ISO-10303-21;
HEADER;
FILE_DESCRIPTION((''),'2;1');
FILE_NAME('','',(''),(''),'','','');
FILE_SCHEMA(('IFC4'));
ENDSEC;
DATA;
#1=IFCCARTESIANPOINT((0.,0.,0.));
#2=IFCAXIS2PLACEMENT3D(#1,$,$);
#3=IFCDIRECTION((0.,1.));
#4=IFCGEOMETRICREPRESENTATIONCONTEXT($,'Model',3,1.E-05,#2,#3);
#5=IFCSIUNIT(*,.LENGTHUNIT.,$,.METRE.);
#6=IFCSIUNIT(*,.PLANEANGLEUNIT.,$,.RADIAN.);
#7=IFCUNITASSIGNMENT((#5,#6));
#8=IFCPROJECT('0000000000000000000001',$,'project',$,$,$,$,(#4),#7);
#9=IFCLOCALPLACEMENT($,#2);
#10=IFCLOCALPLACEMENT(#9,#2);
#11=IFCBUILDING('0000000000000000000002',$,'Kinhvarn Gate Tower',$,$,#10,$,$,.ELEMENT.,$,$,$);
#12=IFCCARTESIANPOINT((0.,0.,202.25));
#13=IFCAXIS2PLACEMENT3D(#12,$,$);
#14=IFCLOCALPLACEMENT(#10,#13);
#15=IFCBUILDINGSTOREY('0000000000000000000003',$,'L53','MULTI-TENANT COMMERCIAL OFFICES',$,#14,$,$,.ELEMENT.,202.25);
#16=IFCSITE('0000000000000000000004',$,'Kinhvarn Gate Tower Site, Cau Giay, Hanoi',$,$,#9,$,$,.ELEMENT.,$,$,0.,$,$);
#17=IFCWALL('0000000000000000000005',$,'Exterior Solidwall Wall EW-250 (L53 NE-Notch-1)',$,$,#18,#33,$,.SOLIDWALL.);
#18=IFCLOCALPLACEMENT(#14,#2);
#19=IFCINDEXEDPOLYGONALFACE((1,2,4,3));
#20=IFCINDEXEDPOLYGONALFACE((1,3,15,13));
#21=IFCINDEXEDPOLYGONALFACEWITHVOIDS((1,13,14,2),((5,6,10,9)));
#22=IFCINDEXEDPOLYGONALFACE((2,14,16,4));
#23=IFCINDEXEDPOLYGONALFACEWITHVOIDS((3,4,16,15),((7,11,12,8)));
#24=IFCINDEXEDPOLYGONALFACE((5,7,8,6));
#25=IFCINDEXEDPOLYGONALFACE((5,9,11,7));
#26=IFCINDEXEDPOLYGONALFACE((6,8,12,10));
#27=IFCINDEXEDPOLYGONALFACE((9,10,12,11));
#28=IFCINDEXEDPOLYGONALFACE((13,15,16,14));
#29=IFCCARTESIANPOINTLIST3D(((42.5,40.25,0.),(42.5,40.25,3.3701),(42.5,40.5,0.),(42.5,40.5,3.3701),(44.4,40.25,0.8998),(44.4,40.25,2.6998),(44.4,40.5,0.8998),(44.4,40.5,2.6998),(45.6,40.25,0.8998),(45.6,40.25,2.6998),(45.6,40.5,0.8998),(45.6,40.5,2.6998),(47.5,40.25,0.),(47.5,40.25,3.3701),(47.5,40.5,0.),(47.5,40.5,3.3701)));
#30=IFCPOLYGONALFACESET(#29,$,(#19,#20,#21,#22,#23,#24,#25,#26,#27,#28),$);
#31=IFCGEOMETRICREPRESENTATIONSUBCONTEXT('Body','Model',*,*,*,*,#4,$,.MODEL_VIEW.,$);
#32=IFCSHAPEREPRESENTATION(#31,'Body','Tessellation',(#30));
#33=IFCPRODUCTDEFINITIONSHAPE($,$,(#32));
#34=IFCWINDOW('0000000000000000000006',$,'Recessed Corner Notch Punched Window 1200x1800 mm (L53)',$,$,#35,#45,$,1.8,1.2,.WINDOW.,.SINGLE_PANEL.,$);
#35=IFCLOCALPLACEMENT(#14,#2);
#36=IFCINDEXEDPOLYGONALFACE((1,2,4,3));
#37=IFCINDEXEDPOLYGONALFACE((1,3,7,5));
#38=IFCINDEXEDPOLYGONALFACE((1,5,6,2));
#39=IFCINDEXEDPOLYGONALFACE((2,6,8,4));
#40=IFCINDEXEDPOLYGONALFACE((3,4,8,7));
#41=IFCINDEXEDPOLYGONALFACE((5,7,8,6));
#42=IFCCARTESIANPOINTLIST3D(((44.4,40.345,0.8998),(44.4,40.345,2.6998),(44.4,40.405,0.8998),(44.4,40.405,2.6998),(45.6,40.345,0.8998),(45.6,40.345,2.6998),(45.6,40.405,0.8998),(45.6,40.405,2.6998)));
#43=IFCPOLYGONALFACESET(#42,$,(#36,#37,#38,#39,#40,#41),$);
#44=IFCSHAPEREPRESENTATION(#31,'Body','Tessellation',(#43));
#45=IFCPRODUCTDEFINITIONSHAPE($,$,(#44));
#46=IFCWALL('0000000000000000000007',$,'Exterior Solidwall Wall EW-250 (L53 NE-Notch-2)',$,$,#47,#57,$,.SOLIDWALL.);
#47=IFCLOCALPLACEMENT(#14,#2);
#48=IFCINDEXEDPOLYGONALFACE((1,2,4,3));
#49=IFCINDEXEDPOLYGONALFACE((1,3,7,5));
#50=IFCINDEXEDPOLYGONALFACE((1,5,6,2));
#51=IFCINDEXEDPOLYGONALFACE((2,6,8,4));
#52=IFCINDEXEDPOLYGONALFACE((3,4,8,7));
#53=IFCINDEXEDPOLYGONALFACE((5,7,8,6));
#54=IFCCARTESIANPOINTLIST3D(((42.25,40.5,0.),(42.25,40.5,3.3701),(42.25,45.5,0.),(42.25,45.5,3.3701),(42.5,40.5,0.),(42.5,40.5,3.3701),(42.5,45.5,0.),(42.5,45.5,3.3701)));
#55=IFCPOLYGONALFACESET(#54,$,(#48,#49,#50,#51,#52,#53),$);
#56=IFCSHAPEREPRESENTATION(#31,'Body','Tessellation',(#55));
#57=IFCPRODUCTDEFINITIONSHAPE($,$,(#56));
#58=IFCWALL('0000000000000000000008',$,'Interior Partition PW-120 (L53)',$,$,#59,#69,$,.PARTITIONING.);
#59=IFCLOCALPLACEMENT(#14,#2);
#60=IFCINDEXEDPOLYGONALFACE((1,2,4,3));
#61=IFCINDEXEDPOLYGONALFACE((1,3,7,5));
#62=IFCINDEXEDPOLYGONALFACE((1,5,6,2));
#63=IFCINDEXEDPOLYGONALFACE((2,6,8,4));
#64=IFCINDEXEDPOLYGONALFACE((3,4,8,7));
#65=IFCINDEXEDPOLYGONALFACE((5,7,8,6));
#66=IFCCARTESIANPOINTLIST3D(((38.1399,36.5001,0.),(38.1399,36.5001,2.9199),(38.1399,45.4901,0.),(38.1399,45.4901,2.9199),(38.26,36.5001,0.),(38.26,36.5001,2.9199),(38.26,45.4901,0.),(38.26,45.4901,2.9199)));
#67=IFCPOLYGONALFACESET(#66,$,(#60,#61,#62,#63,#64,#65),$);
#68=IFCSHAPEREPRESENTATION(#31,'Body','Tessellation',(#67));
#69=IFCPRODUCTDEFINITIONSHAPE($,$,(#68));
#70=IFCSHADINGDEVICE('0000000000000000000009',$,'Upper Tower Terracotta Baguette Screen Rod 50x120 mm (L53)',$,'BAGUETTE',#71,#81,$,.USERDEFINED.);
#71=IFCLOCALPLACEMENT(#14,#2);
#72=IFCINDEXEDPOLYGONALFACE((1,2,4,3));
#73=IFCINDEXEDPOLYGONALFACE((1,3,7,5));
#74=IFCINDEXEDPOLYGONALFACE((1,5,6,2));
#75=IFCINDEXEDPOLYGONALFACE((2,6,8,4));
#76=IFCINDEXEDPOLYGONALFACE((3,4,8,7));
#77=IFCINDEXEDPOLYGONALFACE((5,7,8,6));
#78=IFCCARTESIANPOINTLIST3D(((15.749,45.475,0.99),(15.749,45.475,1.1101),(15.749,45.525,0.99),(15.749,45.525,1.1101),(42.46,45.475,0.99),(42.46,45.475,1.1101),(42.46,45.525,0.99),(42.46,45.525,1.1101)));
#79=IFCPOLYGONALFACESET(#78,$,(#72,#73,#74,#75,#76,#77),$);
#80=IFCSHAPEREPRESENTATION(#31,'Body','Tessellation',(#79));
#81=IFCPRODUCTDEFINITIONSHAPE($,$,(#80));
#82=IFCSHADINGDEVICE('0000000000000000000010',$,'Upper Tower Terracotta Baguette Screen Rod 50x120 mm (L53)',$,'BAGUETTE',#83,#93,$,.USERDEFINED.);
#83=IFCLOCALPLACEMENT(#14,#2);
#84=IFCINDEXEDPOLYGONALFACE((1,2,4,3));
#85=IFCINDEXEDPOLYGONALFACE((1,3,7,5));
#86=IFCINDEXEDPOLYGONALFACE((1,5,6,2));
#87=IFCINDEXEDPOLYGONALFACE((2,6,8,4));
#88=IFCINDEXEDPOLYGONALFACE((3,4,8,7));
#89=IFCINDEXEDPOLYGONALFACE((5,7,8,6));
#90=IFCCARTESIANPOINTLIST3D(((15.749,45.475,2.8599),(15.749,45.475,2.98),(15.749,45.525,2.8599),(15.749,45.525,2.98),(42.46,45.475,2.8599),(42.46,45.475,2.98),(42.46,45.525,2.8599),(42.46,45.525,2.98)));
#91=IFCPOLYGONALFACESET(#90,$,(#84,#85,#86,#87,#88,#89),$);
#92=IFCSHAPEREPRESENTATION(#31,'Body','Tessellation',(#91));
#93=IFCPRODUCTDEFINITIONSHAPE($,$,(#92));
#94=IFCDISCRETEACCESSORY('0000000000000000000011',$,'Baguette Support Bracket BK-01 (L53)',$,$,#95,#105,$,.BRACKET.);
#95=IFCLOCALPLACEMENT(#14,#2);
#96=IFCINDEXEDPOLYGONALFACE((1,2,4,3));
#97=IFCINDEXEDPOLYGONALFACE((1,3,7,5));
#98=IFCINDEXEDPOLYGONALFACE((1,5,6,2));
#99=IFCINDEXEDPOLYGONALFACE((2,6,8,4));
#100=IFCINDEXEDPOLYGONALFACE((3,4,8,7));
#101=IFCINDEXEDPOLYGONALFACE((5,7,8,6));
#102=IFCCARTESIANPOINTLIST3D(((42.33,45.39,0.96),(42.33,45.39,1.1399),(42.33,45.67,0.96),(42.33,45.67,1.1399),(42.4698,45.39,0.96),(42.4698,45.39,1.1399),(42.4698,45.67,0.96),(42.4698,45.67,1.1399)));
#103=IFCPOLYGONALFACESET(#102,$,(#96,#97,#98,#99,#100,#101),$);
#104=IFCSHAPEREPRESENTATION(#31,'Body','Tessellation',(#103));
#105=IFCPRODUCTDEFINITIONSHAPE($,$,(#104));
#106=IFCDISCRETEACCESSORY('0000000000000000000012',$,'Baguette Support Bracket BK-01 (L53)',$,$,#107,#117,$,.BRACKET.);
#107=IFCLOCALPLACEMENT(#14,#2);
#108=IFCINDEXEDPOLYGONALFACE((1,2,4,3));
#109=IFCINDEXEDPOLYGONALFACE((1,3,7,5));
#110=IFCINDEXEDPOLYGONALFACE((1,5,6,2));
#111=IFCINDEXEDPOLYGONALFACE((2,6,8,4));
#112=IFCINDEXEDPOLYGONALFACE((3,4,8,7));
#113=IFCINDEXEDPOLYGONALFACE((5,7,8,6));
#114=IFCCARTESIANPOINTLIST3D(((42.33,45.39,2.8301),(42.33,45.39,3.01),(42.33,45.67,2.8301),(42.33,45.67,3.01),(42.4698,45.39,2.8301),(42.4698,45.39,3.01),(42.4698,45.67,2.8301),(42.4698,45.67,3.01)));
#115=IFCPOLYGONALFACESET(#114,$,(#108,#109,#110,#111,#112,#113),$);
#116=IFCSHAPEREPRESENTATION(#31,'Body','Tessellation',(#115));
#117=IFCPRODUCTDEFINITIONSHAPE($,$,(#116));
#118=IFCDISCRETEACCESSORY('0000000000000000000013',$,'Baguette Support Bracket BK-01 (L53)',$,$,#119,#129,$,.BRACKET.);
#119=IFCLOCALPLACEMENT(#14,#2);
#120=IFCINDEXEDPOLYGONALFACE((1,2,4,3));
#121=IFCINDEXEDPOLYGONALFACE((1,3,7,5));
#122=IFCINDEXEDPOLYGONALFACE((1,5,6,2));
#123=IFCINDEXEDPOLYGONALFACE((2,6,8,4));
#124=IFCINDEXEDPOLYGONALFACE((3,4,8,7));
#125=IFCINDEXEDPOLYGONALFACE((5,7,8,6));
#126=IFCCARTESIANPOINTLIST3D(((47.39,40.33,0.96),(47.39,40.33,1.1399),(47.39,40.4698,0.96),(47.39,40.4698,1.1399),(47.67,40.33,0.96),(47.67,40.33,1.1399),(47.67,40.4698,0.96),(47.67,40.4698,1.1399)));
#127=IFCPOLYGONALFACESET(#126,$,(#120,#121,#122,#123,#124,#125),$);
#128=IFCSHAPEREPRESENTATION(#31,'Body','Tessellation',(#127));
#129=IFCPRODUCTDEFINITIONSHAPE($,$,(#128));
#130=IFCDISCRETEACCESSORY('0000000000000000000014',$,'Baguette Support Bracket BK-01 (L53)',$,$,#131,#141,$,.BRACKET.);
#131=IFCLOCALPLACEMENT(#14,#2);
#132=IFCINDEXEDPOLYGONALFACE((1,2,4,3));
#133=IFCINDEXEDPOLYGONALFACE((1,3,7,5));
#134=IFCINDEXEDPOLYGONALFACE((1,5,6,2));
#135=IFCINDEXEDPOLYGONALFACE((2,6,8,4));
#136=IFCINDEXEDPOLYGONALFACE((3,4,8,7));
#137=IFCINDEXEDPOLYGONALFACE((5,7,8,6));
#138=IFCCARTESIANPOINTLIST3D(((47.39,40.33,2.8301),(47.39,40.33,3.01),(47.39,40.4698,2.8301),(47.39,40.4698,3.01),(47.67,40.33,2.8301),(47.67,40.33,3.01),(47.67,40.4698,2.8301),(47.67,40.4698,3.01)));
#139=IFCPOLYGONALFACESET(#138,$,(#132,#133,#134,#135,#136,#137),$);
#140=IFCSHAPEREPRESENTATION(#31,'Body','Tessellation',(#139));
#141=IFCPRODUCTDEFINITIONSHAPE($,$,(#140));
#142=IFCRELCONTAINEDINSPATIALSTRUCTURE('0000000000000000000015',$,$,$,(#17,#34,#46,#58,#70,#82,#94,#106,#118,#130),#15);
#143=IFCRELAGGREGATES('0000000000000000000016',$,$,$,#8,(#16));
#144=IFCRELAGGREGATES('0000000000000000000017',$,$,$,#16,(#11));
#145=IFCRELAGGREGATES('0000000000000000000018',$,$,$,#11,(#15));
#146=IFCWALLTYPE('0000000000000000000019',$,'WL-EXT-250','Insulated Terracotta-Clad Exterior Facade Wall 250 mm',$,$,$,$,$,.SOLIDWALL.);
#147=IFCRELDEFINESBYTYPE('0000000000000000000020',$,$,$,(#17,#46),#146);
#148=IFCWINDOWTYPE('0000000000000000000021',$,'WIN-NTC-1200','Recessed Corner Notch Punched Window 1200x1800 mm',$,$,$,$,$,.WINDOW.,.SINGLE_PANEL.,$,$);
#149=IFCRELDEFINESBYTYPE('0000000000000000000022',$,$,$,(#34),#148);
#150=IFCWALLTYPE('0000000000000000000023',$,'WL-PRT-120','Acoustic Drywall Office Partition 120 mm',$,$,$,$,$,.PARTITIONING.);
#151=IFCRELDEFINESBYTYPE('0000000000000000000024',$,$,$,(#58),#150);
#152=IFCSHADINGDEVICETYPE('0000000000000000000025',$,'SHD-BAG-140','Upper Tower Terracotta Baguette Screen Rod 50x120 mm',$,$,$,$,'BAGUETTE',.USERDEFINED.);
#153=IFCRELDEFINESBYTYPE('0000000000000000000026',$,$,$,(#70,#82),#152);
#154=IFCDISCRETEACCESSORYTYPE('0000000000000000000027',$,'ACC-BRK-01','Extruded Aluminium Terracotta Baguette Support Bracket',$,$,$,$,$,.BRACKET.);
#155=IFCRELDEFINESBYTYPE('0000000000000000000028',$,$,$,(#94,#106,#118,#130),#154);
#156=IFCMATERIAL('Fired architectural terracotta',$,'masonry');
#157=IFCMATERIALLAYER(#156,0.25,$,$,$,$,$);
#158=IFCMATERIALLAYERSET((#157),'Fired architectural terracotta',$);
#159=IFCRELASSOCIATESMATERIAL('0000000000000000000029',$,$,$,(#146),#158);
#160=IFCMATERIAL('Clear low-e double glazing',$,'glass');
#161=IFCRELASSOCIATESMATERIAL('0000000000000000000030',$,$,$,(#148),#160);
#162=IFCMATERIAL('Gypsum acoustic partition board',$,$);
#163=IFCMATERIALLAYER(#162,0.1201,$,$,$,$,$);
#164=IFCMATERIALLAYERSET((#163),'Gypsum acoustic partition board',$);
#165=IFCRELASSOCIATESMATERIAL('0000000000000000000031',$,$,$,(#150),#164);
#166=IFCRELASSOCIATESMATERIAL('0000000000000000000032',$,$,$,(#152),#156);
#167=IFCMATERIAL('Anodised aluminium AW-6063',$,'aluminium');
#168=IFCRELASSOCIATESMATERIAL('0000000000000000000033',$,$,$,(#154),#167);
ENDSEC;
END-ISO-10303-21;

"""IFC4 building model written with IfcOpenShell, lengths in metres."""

from ifc_helpers import new_model, si_unit, direction, frame, frame_2d, origin, origin_2d, place, context, subcontext, project, spatial, rectangle, extrude, material, layer, layer_set, material_profile, profile_set, type_object, element, fill, save


model = new_model("IFC4")

# Units and contexts
model_context = context("Model", 3, precision=1e-05, world=origin(), true_north=direction((0.0, 1.0)))
body_context = subcontext(model_context, "Body", "Model", "MODEL_VIEW")
ifc_project = project(units=[si_unit("LENGTHUNIT", "METRE"), si_unit("PLANEANGLEUNIT", "RADIAN")], contexts=[model_context])

# Site, building, storey
site_placement = place(None, origin())
site = spatial("IfcSite", under=ifc_project, at=site_placement, Name="Kinhvarn Gate Tower Site, Cau Giay, Hanoi", CompositionType="ELEMENT", RefElevation=0.0)
building_placement = place(site_placement, origin())
building = spatial("IfcBuilding", under=site, at=building_placement, Name="Kinhvarn Gate Tower", CompositionType="ELEMENT")
storey_placement = place(building_placement, frame((0.0, 0.0, 202.25)))
storey = spatial("IfcBuildingStorey", under=building, at=storey_placement, Name="L53", Description="MULTI-TENANT COMMERCIAL OFFICES", CompositionType="ELEMENT", Elevation=202.25)

# Shared definitions
ifc_material_1 = material(Name="Anodised aluminium AW-6063", Category="aluminium")

# Shared definitions
ifc_material_2 = material(Name="Clear low-e double glazing", Category="glass")

# Wall, opening, window
ifc_material_3 = material(Name="Fired architectural terracotta", Category="masonry")
ifc_layer_1 = layer(ifc_material_3, 0.25)
ifc_layer_set_1 = layer_set([ifc_layer_1], Name="Fired architectural terracotta")
wall_type_1 = type_object("IfcWallType", Name="WL-EXT-250", Description="Insulated Terracotta-Clad Exterior Facade Wall 250 mm", PredefinedType="SOLIDWALL", material=ifc_layer_set_1)
wall_1_placement = place(storey_placement, frame((47.5, 40.375, 0.0), z_axis=(0.0, 0.0, 1.0), x_axis=(-1.0, 0.0, 0.0)))
wall_1 = element("IfcWall", 1, at=wall_1_placement, inside=storey, type_object=wall_type_1, Name="Exterior Solidwall Wall EW-250 (L53 NE-Notch-1)", PredefinedType="SOLIDWALL", context=body_context, shape_type="SweptSolid", body=[
    extrude(rectangle(XDim=5.0, YDim=0.25, at=frame_2d((2.5, 0.0))), origin(), (0.0, 0.0, 1.0), 3.3701),
])
opening_placement = place(wall_1_placement, frame((1.8999, 0.0, 0.8999)))
opening = element("IfcOpeningElement", 2, at=opening_placement, cuts=wall_1, PredefinedType="OPENING", context=body_context, shape_type="SweptSolid", body=[
    extrude(rectangle(XDim=1.2, YDim=1.8, at=frame_2d((0.6001, 0.8999))), frame((0.0, 0.135, 0.0), z_axis=(0.0, -1.0, 0.0), x_axis=(1.0, 0.0, 0.0)), (0.0, 0.0, 1.0), 0.27),
])
window_type = type_object("IfcWindowType", Name="WIN-NTC-1200", Description="Recessed Corner Notch Punched Window 1200x1800 mm", PartitioningType="SINGLE_PANEL", PredefinedType="WINDOW", material=ifc_material_2)
window_placement = place(opening_placement, origin())
window = element("IfcWindow", 3, at=window_placement, inside=storey, type_object=window_type, Name="Recessed Corner Notch Punched Window 1200x1800 mm (L53)", OverallHeight=1.8, OverallWidth=1.2, PartitioningType="SINGLE_PANEL", PredefinedType="WINDOW", context=body_context, shape_type="SweptSolid", body=[
    extrude(rectangle(XDim=1.2, YDim=1.8, at=frame_2d((0.6001, 0.8999))), frame((0.0, 0.03, 0.0), z_axis=(0.0, -1.0, 0.0), x_axis=(1.0, 0.0, 0.0)), (0.0, 0.0, 1.0), 0.0601),
])
fill(opening, window)

# Walls
wall_2_placement = place(storey_placement, frame((42.375, 40.5, 0.0), z_axis=(0.0, 0.0, 1.0), x_axis=(0.0, 1.0, 0.0)))
element("IfcWall", 4, at=wall_2_placement, inside=storey, type_object=wall_type_1, Name="Exterior Solidwall Wall EW-250 (L53 NE-Notch-2)", PredefinedType="SOLIDWALL", context=body_context, shape_type="SweptSolid", body=[
    extrude(rectangle(XDim=5.0, YDim=0.25, at=frame_2d((2.5, 0.0))), origin(), (0.0, 0.0, 1.0), 3.3701),
])
ifc_material_4 = material(Name="Gypsum acoustic partition board")
ifc_layer_2 = layer(ifc_material_4, 0.1201)
ifc_layer_set_2 = layer_set([ifc_layer_2], Name="Gypsum acoustic partition board")
wall_type_2 = type_object("IfcWallType", Name="WL-PRT-120", Description="Acoustic Drywall Office Partition 120 mm", PredefinedType="PARTITIONING", material=ifc_layer_set_2)
wall_3_placement = place(storey_placement, frame((38.2, 36.5, 0.0), z_axis=(0.0, 0.0, 1.0), x_axis=(0.0, 1.0, 0.0)))
element("IfcWall", 5, at=wall_3_placement, inside=storey, type_object=wall_type_2, Name="Interior Partition PW-120 (L53)", PredefinedType="PARTITIONING", context=body_context, shape_type="SweptSolid", body=[
    extrude(rectangle(XDim=8.99, YDim=0.1201, at=frame_2d((4.4951, 0.0))), origin(), (0.0, 0.0, 1.0), 2.9199),
])

# Shading devices
ifc_material_profile_1 = material_profile(ifc_material_3, rectangle(XDim=0.05, YDim=0.1201, at=origin_2d()), Name="TC 50x120")
ifc_profile_set_1 = profile_set([ifc_material_profile_1], Name="Fired architectural terracotta")
shading_device_type = type_object("IfcShadingDeviceType", Name="SHD-BAG-140", Description="Upper Tower Terracotta Baguette Screen Rod 50x120 mm", ElementType="BAGUETTE", PredefinedType="USERDEFINED", material=ifc_profile_set_1)
for number, where, z_axis, x_axis, name in (
    (6, (42.46, 45.5, 1.05), (-1.0, 0.0, 0.0), (0.0, -1.0, 0.0), "Upper Tower Terracotta Baguette Screen Rod 50x120 mm (L53)"),
    (7, (42.46, 45.5, 2.9199), (-1.0, 0.0, 0.0), (0.0, -1.0, 0.0), "Upper Tower Terracotta Baguette Screen Rod 50x120 mm (L53)"),
):
    element("IfcShadingDevice", number, at=place(storey_placement, frame(where, z_axis=z_axis, x_axis=x_axis)), inside=storey, type_object=shading_device_type, Name=name, ObjectType="BAGUETTE", PredefinedType="USERDEFINED", context=body_context, shape_type="SweptSolid", body=[
        extrude(rectangle(XDim=0.05, YDim=0.1201, at=origin_2d()), origin(), (0.0, 0.0, 1.0), 26.7109),
    ])

# Discrete accessories
discrete_accessory_type = type_object("IfcDiscreteAccessoryType", Name="ACC-BRK-01", Description="Extruded Aluminium Terracotta Baguette Support Bracket", PredefinedType="BRACKET", material=ifc_material_1)
for number, where, z_axis, x_axis, name in (
    (8, (42.3999, 45.53, 0.96), (0.0, 0.0, 1.0), (-1.0, 0.0, 0.0), "Baguette Support Bracket BK-01 (L53)"),
    (9, (42.3999, 45.53, 2.8301), (0.0, 0.0, 1.0), (-1.0, 0.0, 0.0), "Baguette Support Bracket BK-01 (L53)"),
    (10, (47.53, 40.3999, 0.96), (0.0, 0.0, 1.0), (0.0, 1.0, 0.0), "Baguette Support Bracket BK-01 (L53)"),
    (11, (47.53, 40.3999, 2.8301), (0.0, 0.0, 1.0), (0.0, 1.0, 0.0), "Baguette Support Bracket BK-01 (L53)"),
):
    element("IfcDiscreteAccessory", number, at=place(storey_placement, frame(where, z_axis=z_axis, x_axis=x_axis)), inside=storey, type_object=discrete_accessory_type, Name=name, PredefinedType="BRACKET", context=body_context, shape_type="SweptSolid", body=[
        extrude(rectangle(XDim=0.1399, YDim=0.28, at=origin_2d()), origin(), (0.0, 0.0, 1.0), 0.1799),
    ])

save(model, "model.ifc")
